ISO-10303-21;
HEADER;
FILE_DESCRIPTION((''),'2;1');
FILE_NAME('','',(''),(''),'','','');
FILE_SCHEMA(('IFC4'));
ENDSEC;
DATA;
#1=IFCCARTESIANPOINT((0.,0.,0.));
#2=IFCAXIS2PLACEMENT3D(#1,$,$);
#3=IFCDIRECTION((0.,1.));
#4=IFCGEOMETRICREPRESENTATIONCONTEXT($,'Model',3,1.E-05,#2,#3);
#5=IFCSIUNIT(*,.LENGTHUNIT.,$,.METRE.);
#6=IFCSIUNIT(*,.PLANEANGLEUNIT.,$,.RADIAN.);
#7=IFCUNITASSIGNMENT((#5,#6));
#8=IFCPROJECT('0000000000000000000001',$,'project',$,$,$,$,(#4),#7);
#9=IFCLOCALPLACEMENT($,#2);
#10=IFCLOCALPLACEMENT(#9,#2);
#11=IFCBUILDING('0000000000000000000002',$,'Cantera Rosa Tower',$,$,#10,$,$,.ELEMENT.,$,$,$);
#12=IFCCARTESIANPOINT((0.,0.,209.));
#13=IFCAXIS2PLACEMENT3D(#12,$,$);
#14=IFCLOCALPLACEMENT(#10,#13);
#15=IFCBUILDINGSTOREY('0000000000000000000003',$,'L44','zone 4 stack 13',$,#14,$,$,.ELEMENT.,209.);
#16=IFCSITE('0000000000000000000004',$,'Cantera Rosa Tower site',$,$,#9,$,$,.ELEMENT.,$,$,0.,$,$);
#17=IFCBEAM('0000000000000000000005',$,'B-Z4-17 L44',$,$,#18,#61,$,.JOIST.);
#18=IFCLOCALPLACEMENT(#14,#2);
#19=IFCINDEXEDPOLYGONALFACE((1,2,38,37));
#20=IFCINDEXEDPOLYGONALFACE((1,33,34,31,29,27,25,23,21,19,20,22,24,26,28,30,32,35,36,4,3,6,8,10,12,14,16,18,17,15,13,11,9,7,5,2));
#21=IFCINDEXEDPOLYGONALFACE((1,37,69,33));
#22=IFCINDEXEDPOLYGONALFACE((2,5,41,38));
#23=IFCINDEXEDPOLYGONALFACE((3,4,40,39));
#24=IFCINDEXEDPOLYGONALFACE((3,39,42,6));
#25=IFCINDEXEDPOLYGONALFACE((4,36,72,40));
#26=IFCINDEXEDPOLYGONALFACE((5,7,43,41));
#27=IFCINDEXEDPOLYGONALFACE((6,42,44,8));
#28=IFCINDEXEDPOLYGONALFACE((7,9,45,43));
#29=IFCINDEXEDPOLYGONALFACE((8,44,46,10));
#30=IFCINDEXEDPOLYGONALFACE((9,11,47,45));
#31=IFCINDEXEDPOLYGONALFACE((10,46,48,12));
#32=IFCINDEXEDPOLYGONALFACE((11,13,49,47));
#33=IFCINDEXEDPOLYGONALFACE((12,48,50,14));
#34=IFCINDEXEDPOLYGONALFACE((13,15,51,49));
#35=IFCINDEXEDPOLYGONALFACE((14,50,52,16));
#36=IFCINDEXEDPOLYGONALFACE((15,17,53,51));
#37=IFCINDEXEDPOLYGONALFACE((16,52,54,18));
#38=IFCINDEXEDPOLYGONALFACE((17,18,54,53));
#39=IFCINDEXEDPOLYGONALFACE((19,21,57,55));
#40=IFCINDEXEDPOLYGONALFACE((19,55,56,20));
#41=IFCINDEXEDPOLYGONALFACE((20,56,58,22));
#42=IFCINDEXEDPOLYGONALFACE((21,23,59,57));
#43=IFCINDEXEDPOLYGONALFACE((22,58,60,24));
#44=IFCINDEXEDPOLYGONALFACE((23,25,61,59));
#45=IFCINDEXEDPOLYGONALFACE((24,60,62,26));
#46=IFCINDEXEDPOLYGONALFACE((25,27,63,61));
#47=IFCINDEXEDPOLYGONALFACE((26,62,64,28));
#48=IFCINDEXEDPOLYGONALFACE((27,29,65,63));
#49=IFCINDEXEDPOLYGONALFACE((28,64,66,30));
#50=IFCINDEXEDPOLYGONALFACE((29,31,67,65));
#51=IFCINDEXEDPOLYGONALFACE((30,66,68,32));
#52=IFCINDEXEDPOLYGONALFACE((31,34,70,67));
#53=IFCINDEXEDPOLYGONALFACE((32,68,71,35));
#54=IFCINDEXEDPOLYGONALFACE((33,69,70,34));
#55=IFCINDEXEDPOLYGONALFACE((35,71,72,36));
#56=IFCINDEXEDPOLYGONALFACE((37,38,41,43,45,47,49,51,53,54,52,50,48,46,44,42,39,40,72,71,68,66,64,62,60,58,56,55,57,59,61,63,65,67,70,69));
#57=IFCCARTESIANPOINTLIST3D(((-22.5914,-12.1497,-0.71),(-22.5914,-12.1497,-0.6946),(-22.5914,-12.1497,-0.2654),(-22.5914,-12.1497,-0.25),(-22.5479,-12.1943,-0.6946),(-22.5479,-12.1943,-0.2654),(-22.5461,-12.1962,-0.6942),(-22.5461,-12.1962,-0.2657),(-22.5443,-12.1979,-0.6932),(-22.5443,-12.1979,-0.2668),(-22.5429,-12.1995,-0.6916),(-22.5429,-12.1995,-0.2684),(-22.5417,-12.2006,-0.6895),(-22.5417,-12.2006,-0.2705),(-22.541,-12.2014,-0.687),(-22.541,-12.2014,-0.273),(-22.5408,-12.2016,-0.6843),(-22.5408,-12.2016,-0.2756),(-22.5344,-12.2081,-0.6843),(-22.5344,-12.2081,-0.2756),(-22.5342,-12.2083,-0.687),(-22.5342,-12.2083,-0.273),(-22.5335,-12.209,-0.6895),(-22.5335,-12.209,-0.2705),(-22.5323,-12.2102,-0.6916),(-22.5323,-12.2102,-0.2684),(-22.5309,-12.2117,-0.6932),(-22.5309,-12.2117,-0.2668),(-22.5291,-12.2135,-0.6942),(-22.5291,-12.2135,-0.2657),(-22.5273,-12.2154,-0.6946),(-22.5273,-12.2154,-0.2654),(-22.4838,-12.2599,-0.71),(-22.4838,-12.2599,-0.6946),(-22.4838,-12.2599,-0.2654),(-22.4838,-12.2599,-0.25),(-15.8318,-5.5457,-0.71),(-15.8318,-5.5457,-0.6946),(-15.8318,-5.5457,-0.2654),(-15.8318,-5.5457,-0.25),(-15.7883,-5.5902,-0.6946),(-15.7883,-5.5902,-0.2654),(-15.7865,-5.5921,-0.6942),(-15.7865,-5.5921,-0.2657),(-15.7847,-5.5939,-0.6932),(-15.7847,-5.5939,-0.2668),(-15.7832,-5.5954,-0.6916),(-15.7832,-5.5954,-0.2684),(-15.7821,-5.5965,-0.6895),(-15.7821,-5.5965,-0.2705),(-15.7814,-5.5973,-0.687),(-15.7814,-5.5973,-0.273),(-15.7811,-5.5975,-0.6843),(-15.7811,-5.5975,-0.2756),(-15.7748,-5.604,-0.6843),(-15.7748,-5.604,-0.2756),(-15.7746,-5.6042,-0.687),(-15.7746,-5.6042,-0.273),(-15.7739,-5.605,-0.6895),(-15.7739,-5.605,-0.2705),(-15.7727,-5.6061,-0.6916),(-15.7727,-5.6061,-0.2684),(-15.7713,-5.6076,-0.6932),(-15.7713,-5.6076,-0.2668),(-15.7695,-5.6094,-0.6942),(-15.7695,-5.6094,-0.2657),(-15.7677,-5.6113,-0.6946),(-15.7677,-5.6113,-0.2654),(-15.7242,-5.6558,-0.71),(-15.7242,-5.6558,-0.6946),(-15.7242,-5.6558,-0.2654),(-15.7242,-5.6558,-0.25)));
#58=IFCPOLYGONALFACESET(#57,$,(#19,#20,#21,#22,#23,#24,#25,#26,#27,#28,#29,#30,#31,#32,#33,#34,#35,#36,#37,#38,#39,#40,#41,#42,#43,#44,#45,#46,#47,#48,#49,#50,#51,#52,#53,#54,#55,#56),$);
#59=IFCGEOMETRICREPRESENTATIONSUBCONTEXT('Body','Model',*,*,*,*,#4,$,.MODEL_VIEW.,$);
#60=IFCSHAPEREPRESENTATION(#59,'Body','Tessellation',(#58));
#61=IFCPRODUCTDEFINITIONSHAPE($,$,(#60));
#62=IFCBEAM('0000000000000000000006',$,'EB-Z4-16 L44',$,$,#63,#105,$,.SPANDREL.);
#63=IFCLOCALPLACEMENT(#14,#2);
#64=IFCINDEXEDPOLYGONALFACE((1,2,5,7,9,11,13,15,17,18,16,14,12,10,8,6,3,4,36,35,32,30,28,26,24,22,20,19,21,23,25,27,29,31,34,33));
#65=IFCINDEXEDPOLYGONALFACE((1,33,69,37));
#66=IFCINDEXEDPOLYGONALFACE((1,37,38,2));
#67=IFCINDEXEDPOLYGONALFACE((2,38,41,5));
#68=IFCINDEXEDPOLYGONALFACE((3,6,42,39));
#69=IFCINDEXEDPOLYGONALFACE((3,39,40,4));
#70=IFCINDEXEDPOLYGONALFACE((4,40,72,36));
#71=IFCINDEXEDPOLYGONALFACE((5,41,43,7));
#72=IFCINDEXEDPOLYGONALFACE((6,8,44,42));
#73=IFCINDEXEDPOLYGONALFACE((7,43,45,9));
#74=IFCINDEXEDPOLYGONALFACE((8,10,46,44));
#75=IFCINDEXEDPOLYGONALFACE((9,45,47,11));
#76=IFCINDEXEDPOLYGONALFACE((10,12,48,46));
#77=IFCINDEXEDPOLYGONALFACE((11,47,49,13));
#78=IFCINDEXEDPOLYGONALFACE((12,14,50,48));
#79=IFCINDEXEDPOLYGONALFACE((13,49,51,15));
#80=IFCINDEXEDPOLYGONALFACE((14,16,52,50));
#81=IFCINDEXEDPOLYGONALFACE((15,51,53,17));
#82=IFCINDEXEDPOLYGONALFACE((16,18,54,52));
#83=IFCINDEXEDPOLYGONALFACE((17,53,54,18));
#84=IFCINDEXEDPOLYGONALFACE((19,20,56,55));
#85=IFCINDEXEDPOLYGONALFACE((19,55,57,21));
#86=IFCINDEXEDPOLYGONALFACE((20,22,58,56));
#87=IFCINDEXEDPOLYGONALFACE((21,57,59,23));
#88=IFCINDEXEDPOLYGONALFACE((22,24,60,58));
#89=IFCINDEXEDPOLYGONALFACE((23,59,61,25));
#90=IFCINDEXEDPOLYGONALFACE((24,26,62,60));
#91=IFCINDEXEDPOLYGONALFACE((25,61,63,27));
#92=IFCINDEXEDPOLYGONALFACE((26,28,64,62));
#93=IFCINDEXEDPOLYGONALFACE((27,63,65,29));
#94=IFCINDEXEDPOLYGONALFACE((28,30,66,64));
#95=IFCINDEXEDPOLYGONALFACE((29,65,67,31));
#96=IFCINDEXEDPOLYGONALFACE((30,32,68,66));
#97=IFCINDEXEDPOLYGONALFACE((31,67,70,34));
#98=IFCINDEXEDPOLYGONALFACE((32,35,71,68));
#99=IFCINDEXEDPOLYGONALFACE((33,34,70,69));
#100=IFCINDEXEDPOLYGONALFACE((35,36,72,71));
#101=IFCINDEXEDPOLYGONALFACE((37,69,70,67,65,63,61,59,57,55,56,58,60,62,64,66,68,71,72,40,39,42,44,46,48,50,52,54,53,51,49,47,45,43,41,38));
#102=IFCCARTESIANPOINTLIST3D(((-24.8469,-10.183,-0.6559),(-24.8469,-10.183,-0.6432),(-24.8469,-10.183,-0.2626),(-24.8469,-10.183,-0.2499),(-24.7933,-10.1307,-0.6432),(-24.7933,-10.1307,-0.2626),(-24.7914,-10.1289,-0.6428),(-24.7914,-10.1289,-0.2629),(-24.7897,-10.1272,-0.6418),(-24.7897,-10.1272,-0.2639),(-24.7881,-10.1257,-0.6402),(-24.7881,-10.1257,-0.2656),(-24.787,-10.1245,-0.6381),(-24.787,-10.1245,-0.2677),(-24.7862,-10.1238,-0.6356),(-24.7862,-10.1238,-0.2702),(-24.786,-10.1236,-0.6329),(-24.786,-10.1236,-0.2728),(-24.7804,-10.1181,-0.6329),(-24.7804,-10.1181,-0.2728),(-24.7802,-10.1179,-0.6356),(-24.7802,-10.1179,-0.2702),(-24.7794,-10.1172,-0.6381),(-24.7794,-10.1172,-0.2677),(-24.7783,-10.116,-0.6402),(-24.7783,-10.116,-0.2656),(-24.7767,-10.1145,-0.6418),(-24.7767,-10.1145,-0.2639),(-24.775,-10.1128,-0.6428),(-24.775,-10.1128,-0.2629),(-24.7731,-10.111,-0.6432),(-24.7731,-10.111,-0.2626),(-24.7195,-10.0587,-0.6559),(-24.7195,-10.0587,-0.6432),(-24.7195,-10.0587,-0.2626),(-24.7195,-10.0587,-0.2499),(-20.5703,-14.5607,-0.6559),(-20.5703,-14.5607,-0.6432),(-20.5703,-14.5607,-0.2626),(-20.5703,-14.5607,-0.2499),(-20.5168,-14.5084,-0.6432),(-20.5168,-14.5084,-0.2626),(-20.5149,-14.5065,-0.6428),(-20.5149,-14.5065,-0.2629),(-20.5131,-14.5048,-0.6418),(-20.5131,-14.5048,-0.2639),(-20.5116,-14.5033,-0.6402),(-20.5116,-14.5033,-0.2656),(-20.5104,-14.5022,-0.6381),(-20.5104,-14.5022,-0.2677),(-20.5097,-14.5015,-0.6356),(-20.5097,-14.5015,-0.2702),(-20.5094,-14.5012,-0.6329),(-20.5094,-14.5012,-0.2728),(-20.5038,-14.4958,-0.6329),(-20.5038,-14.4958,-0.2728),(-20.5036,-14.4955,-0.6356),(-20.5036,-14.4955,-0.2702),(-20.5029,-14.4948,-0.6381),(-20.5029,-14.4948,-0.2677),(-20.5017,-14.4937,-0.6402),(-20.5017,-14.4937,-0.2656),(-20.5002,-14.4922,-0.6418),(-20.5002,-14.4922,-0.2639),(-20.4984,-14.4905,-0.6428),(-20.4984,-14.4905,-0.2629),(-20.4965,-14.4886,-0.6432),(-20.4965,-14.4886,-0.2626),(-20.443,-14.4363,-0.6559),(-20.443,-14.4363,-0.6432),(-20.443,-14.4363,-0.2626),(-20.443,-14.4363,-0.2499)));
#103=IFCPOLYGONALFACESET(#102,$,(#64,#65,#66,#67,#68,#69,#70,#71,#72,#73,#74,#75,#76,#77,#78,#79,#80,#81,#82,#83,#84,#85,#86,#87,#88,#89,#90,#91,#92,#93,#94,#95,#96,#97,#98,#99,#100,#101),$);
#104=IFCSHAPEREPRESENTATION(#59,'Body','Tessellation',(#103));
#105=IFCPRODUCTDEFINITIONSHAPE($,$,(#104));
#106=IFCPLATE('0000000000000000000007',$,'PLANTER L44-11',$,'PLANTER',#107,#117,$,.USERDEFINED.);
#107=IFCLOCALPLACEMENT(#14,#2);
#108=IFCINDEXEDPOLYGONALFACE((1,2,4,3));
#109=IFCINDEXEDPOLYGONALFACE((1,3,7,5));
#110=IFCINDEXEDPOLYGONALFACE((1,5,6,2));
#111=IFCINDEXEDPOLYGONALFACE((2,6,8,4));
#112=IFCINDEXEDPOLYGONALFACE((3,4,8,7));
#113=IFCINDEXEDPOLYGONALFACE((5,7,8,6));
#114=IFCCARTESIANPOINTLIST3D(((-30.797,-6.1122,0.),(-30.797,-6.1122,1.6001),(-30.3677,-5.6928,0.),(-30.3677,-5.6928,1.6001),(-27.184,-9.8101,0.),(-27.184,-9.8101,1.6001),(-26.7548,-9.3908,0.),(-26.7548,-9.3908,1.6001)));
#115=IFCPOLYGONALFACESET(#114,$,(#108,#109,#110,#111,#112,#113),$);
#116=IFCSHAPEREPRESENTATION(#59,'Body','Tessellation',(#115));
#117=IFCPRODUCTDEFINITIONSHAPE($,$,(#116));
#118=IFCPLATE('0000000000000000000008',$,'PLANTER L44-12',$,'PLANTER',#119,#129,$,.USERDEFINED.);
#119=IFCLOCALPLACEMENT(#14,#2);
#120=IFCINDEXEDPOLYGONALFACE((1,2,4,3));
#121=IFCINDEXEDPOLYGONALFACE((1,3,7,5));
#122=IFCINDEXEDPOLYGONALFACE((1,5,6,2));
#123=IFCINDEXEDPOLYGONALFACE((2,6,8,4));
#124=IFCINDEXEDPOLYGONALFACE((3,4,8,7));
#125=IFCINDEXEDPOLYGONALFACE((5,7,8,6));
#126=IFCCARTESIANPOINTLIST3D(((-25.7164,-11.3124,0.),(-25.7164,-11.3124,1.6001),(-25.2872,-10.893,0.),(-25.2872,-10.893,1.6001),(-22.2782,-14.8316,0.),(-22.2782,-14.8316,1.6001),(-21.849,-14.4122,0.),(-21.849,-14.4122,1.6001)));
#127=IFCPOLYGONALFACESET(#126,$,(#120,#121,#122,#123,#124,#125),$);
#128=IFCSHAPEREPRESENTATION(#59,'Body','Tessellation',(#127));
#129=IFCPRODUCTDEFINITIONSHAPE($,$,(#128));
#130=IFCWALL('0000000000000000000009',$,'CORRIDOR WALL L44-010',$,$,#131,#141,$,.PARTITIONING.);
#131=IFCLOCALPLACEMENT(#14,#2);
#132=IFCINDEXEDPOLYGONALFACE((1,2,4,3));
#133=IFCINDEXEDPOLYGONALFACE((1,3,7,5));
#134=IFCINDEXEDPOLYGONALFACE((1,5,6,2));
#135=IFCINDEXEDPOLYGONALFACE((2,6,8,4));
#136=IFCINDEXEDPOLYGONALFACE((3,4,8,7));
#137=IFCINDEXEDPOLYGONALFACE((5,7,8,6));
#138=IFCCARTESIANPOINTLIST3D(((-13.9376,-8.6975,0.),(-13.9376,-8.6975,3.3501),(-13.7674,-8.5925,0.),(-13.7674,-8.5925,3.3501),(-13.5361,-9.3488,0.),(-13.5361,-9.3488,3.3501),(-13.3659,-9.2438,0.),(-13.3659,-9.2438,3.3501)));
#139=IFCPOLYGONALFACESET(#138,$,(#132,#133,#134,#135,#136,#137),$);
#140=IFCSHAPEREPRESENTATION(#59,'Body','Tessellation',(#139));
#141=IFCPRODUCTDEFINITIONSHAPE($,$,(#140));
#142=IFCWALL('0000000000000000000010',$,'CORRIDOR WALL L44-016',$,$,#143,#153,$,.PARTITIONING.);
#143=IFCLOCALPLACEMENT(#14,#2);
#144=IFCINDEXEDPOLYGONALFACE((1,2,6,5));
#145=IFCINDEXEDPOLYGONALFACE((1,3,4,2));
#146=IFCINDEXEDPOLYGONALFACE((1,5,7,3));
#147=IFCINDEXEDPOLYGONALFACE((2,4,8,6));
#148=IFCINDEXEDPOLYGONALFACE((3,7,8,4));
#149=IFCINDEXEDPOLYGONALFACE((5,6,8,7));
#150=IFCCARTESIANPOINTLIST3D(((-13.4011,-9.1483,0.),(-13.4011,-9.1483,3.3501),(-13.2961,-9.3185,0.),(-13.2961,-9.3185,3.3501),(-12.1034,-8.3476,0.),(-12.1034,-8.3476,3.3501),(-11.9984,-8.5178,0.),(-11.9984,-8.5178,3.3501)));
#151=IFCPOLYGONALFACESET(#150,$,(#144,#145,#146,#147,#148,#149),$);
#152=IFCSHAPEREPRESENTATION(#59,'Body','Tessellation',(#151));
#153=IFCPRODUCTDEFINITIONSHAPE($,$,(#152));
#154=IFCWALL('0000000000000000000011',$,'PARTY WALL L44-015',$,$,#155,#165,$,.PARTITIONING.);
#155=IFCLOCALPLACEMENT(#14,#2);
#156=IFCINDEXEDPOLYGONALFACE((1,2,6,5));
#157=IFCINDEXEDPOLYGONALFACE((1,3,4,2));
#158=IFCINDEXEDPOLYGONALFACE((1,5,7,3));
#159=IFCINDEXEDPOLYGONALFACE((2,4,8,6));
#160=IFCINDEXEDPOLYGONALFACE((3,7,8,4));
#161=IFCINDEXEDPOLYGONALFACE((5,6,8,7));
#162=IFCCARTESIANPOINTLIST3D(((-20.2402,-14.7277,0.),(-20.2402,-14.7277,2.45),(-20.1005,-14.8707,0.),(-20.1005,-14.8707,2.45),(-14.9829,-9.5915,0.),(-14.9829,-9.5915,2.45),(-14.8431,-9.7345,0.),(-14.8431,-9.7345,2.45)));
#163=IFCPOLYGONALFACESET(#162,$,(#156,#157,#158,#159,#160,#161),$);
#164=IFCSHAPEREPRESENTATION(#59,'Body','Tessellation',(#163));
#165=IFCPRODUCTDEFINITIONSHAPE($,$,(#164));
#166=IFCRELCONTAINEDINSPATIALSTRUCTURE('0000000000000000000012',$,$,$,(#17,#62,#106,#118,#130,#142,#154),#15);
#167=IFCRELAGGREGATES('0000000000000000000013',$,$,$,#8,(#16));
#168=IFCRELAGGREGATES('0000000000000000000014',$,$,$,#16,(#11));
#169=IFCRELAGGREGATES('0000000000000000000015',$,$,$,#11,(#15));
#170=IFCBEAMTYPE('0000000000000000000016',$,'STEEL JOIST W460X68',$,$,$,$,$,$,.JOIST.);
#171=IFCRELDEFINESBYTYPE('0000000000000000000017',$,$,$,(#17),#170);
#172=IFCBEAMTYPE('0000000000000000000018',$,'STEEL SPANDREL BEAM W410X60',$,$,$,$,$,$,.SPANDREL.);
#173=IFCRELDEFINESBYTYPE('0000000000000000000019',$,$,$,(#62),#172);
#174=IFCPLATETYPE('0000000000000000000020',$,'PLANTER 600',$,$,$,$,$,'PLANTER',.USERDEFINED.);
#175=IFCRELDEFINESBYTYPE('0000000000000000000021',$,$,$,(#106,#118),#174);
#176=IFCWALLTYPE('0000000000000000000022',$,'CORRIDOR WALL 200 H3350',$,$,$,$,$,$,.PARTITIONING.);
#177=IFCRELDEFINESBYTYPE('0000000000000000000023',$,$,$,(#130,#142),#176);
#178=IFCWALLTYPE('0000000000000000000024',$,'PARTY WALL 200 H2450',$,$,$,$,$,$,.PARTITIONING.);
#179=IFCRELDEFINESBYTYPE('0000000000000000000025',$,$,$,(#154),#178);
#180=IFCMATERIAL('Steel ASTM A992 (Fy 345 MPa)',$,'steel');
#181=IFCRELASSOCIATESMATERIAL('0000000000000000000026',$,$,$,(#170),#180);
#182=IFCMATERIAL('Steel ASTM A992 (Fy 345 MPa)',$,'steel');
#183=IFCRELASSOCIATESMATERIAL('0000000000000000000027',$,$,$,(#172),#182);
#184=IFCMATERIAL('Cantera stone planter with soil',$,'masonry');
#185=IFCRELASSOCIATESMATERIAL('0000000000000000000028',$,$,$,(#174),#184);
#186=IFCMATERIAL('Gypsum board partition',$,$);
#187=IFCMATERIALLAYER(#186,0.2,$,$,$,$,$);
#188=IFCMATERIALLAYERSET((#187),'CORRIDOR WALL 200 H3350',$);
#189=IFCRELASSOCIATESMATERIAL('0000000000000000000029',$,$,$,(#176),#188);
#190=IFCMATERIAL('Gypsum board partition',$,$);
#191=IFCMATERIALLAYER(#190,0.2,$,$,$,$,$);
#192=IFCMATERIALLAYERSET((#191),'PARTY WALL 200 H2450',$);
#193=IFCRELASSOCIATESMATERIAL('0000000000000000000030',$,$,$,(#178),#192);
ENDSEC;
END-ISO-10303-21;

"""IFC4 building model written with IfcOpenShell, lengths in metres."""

from ifc_helpers import new_model, si_unit, direction, frame, frame_2d, origin, origin_2d, place, context, subcontext, project, spatial, rectangle, i_section, extrude, material, layer, layer_set, material_profile, profile_set, type_object, element, save


model = new_model("IFC4")

# Units and contexts
model_context = context("Model", 3, precision=1e-05, world=origin(), true_north=direction((0.0, 1.0)))
body_context = subcontext(model_context, "Body", "Model", "MODEL_VIEW")
ifc_project = project(units=[si_unit("LENGTHUNIT", "METRE"), si_unit("PLANEANGLEUNIT", "RADIAN")], contexts=[model_context])

# Site, building, storey
site_placement = place(None, origin())
site = spatial("IfcSite", under=ifc_project, at=site_placement, Name="Cantera Rosa Tower site", CompositionType="ELEMENT", RefElevation=0.0)
building_placement = place(site_placement, origin())
building = spatial("IfcBuilding", under=site, at=building_placement, Name="Cantera Rosa Tower", CompositionType="ELEMENT")
storey_placement = place(building_placement, frame((0.0, 0.0, 209.0)))
storey = spatial("IfcBuildingStorey", under=building, at=storey_placement, Name="L44", Description="zone 4 stack 13", CompositionType="ELEMENT", Elevation=209.0)

# Beams
ifc_material_1 = material(Name="Steel ASTM A992 (Fy 345 MPa)", Category="steel")
ifc_material_profile_1 = material_profile(ifc_material_1, i_section(OverallWidth=0.1541, OverallDepth=0.46, WebThickness=0.009, FlangeThickness=0.0154, FilletRadius=0.0103, at=origin_2d()), Name="W460X68")
ifc_profile_set_1 = profile_set([ifc_material_profile_1], Name="Steel ASTM A992 (Fy 345 MPa)")
beam_type_1 = type_object("IfcBeamType", Name="STEEL JOIST W460X68", PredefinedType="JOIST", material=ifc_profile_set_1)
beam_1_placement = place(storey_placement, frame((-22.5376, -12.2048, -0.48), z_axis=(0.715287, 0.698831, 0.0), x_axis=(-0.698831, 0.715287, 0.0)))
element("IfcBeam", 1, at=beam_1_placement, inside=storey, type_object=beam_type_1, Name="B-Z4-17 L44", PredefinedType="JOIST", context=body_context, shape_type="SweptSolid", body=[
    extrude(i_section(OverallWidth=0.1541, OverallDepth=0.46, WebThickness=0.009, FlangeThickness=0.0154, FilletRadius=0.0103, at=origin_2d()), origin(), (0.0, 0.0, 1.0), 9.4502),
])
ifc_material_2 = material(Name="Steel ASTM A992 (Fy 345 MPa)", Category="steel")
ifc_material_profile_2 = material_profile(ifc_material_2, i_section(OverallWidth=0.178, OverallDepth=0.406, WebThickness=0.0078, FlangeThickness=0.0127, FilletRadius=0.0103, at=origin_2d()), Name="W410X60")
ifc_profile_set_2 = profile_set([ifc_material_profile_2], Name="Steel ASTM A992 (Fy 345 MPa)")
beam_type_2 = type_object("IfcBeamType", Name="STEEL SPANDREL BEAM W410X60", PredefinedType="SPANDREL", material=ifc_profile_set_2)
beam_2_placement = place(storey_placement, frame((-24.7832, -10.1208, -0.4529), z_axis=(0.698801, -0.715316, 0.0), x_axis=(0.715316, 0.698801, 0.0)))
element("IfcBeam", 2, at=beam_2_placement, inside=storey, type_object=beam_type_2, Name="EB-Z4-16 L44", PredefinedType="SPANDREL", context=body_context, shape_type="SweptSolid", body=[
    extrude(i_section(OverallWidth=0.178, OverallDepth=0.406, WebThickness=0.0078, FlangeThickness=0.0127, FilletRadius=0.0103, at=origin_2d()), origin(), (0.0, 0.0, 1.0), 6.1199),
])

# Plates
ifc_material_3 = material(Name="Cantera stone planter with soil", Category="masonry")
plate_type = type_object("IfcPlateType", Name="PLANTER 600", ElementType="PLANTER", PredefinedType="USERDEFINED", material=ifc_material_3)
plate_1_placement = place(storey_placement, frame((-28.7759, -7.7515, 0.0), z_axis=(0.0, 0.0, 1.0), x_axis=(0.698832, -0.715286, 0.0)))
element("IfcPlate", 3, at=plate_1_placement, inside=storey, type_object=plate_type, Name="PLANTER L44-11", ObjectType="PLANTER", PredefinedType="USERDEFINED", context=body_context, shape_type="SweptSolid", body=[
    extrude(rectangle(XDim=5.1699, YDim=0.6001, at=origin_2d()), origin(), (0.0, 0.0, 1.0), 1.6001),
])
plate_2_placement = place(storey_placement, frame((-23.7827, -12.8623, 0.0), z_axis=(0.0, 0.0, 1.0), x_axis=(0.698832, -0.715286, 0.0)))
element("IfcPlate", 4, at=plate_2_placement, inside=storey, type_object=plate_type, Name="PLANTER L44-12", ObjectType="PLANTER", PredefinedType="USERDEFINED", context=body_context, shape_type="SweptSolid", body=[
    extrude(rectangle(XDim=4.9199, YDim=0.6001, at=origin_2d()), origin(), (0.0, 0.0, 1.0), 1.6001),
])

# Walls
ifc_material_4 = material(Name="Gypsum board partition")
ifc_layer_1 = layer(ifc_material_4, 0.2)
ifc_layer_set_1 = layer_set([ifc_layer_1], Name="CORRIDOR WALL 200 H3350")
wall_type_1 = type_object("IfcWallType", Name="CORRIDOR WALL 200 H3350", PredefinedType="PARTITIONING", material=ifc_layer_set_1)
wall_1_placement = place(storey_placement, frame((-13.8525, -8.645, 0.0), z_axis=(0.0, 0.0, 1.0), x_axis=(0.524827, -0.851209, 0.0)))
element("IfcWall", 5, at=wall_1_placement, inside=storey, type_object=wall_type_1, Name="CORRIDOR WALL L44-010", PredefinedType="PARTITIONING", context=body_context, shape_type="SweptSolid", body=[
    extrude(rectangle(XDim=0.7651, YDim=0.2, at=frame_2d((0.3826, 0.0))), origin(), (0.0, 0.0, 1.0), 3.3501),
])
wall_2_placement = place(storey_placement, frame((-13.3486, -9.2334, 0.0), z_axis=(0.0, 0.0, 1.0), x_axis=(0.851042, 0.525097, 0.0)))
element("IfcWall", 6, at=wall_2_placement, inside=storey, type_object=wall_type_1, Name="CORRIDOR WALL L44-016", PredefinedType="PARTITIONING", context=body_context, shape_type="SweptSolid", body=[
    extrude(rectangle(XDim=1.5249, YDim=0.2, at=frame_2d((0.7625, 0.0))), origin(), (0.0, 0.0, 1.0), 3.3501),
])

# Wall
ifc_material_5 = material(Name="Gypsum board partition")
ifc_layer_2 = layer(ifc_material_5, 0.2)
ifc_layer_set_2 = layer_set([ifc_layer_2], Name="PARTY WALL 200 H2450")
wall_type_2 = type_object("IfcWallType", Name="PARTY WALL 200 H2450", PredefinedType="PARTITIONING", material=ifc_layer_set_2)
wall_3_placement = place(storey_placement, frame((-14.9131, -9.6631, 0.0), z_axis=(0.0, 0.0, 1.0), x_axis=(-0.715297, -0.698821, 0.0)))
element("IfcWall", 7, at=wall_3_placement, inside=storey, type_object=wall_type_2, Name="PARTY WALL L44-015", PredefinedType="PARTITIONING", context=body_context, shape_type="SweptSolid", body=[
    extrude(rectangle(XDim=7.3499, YDim=0.2, at=frame_2d((3.6748, 0.0))), origin(), (0.0, 0.0, 1.0), 2.45),
])

save(model, "model.ifc")
